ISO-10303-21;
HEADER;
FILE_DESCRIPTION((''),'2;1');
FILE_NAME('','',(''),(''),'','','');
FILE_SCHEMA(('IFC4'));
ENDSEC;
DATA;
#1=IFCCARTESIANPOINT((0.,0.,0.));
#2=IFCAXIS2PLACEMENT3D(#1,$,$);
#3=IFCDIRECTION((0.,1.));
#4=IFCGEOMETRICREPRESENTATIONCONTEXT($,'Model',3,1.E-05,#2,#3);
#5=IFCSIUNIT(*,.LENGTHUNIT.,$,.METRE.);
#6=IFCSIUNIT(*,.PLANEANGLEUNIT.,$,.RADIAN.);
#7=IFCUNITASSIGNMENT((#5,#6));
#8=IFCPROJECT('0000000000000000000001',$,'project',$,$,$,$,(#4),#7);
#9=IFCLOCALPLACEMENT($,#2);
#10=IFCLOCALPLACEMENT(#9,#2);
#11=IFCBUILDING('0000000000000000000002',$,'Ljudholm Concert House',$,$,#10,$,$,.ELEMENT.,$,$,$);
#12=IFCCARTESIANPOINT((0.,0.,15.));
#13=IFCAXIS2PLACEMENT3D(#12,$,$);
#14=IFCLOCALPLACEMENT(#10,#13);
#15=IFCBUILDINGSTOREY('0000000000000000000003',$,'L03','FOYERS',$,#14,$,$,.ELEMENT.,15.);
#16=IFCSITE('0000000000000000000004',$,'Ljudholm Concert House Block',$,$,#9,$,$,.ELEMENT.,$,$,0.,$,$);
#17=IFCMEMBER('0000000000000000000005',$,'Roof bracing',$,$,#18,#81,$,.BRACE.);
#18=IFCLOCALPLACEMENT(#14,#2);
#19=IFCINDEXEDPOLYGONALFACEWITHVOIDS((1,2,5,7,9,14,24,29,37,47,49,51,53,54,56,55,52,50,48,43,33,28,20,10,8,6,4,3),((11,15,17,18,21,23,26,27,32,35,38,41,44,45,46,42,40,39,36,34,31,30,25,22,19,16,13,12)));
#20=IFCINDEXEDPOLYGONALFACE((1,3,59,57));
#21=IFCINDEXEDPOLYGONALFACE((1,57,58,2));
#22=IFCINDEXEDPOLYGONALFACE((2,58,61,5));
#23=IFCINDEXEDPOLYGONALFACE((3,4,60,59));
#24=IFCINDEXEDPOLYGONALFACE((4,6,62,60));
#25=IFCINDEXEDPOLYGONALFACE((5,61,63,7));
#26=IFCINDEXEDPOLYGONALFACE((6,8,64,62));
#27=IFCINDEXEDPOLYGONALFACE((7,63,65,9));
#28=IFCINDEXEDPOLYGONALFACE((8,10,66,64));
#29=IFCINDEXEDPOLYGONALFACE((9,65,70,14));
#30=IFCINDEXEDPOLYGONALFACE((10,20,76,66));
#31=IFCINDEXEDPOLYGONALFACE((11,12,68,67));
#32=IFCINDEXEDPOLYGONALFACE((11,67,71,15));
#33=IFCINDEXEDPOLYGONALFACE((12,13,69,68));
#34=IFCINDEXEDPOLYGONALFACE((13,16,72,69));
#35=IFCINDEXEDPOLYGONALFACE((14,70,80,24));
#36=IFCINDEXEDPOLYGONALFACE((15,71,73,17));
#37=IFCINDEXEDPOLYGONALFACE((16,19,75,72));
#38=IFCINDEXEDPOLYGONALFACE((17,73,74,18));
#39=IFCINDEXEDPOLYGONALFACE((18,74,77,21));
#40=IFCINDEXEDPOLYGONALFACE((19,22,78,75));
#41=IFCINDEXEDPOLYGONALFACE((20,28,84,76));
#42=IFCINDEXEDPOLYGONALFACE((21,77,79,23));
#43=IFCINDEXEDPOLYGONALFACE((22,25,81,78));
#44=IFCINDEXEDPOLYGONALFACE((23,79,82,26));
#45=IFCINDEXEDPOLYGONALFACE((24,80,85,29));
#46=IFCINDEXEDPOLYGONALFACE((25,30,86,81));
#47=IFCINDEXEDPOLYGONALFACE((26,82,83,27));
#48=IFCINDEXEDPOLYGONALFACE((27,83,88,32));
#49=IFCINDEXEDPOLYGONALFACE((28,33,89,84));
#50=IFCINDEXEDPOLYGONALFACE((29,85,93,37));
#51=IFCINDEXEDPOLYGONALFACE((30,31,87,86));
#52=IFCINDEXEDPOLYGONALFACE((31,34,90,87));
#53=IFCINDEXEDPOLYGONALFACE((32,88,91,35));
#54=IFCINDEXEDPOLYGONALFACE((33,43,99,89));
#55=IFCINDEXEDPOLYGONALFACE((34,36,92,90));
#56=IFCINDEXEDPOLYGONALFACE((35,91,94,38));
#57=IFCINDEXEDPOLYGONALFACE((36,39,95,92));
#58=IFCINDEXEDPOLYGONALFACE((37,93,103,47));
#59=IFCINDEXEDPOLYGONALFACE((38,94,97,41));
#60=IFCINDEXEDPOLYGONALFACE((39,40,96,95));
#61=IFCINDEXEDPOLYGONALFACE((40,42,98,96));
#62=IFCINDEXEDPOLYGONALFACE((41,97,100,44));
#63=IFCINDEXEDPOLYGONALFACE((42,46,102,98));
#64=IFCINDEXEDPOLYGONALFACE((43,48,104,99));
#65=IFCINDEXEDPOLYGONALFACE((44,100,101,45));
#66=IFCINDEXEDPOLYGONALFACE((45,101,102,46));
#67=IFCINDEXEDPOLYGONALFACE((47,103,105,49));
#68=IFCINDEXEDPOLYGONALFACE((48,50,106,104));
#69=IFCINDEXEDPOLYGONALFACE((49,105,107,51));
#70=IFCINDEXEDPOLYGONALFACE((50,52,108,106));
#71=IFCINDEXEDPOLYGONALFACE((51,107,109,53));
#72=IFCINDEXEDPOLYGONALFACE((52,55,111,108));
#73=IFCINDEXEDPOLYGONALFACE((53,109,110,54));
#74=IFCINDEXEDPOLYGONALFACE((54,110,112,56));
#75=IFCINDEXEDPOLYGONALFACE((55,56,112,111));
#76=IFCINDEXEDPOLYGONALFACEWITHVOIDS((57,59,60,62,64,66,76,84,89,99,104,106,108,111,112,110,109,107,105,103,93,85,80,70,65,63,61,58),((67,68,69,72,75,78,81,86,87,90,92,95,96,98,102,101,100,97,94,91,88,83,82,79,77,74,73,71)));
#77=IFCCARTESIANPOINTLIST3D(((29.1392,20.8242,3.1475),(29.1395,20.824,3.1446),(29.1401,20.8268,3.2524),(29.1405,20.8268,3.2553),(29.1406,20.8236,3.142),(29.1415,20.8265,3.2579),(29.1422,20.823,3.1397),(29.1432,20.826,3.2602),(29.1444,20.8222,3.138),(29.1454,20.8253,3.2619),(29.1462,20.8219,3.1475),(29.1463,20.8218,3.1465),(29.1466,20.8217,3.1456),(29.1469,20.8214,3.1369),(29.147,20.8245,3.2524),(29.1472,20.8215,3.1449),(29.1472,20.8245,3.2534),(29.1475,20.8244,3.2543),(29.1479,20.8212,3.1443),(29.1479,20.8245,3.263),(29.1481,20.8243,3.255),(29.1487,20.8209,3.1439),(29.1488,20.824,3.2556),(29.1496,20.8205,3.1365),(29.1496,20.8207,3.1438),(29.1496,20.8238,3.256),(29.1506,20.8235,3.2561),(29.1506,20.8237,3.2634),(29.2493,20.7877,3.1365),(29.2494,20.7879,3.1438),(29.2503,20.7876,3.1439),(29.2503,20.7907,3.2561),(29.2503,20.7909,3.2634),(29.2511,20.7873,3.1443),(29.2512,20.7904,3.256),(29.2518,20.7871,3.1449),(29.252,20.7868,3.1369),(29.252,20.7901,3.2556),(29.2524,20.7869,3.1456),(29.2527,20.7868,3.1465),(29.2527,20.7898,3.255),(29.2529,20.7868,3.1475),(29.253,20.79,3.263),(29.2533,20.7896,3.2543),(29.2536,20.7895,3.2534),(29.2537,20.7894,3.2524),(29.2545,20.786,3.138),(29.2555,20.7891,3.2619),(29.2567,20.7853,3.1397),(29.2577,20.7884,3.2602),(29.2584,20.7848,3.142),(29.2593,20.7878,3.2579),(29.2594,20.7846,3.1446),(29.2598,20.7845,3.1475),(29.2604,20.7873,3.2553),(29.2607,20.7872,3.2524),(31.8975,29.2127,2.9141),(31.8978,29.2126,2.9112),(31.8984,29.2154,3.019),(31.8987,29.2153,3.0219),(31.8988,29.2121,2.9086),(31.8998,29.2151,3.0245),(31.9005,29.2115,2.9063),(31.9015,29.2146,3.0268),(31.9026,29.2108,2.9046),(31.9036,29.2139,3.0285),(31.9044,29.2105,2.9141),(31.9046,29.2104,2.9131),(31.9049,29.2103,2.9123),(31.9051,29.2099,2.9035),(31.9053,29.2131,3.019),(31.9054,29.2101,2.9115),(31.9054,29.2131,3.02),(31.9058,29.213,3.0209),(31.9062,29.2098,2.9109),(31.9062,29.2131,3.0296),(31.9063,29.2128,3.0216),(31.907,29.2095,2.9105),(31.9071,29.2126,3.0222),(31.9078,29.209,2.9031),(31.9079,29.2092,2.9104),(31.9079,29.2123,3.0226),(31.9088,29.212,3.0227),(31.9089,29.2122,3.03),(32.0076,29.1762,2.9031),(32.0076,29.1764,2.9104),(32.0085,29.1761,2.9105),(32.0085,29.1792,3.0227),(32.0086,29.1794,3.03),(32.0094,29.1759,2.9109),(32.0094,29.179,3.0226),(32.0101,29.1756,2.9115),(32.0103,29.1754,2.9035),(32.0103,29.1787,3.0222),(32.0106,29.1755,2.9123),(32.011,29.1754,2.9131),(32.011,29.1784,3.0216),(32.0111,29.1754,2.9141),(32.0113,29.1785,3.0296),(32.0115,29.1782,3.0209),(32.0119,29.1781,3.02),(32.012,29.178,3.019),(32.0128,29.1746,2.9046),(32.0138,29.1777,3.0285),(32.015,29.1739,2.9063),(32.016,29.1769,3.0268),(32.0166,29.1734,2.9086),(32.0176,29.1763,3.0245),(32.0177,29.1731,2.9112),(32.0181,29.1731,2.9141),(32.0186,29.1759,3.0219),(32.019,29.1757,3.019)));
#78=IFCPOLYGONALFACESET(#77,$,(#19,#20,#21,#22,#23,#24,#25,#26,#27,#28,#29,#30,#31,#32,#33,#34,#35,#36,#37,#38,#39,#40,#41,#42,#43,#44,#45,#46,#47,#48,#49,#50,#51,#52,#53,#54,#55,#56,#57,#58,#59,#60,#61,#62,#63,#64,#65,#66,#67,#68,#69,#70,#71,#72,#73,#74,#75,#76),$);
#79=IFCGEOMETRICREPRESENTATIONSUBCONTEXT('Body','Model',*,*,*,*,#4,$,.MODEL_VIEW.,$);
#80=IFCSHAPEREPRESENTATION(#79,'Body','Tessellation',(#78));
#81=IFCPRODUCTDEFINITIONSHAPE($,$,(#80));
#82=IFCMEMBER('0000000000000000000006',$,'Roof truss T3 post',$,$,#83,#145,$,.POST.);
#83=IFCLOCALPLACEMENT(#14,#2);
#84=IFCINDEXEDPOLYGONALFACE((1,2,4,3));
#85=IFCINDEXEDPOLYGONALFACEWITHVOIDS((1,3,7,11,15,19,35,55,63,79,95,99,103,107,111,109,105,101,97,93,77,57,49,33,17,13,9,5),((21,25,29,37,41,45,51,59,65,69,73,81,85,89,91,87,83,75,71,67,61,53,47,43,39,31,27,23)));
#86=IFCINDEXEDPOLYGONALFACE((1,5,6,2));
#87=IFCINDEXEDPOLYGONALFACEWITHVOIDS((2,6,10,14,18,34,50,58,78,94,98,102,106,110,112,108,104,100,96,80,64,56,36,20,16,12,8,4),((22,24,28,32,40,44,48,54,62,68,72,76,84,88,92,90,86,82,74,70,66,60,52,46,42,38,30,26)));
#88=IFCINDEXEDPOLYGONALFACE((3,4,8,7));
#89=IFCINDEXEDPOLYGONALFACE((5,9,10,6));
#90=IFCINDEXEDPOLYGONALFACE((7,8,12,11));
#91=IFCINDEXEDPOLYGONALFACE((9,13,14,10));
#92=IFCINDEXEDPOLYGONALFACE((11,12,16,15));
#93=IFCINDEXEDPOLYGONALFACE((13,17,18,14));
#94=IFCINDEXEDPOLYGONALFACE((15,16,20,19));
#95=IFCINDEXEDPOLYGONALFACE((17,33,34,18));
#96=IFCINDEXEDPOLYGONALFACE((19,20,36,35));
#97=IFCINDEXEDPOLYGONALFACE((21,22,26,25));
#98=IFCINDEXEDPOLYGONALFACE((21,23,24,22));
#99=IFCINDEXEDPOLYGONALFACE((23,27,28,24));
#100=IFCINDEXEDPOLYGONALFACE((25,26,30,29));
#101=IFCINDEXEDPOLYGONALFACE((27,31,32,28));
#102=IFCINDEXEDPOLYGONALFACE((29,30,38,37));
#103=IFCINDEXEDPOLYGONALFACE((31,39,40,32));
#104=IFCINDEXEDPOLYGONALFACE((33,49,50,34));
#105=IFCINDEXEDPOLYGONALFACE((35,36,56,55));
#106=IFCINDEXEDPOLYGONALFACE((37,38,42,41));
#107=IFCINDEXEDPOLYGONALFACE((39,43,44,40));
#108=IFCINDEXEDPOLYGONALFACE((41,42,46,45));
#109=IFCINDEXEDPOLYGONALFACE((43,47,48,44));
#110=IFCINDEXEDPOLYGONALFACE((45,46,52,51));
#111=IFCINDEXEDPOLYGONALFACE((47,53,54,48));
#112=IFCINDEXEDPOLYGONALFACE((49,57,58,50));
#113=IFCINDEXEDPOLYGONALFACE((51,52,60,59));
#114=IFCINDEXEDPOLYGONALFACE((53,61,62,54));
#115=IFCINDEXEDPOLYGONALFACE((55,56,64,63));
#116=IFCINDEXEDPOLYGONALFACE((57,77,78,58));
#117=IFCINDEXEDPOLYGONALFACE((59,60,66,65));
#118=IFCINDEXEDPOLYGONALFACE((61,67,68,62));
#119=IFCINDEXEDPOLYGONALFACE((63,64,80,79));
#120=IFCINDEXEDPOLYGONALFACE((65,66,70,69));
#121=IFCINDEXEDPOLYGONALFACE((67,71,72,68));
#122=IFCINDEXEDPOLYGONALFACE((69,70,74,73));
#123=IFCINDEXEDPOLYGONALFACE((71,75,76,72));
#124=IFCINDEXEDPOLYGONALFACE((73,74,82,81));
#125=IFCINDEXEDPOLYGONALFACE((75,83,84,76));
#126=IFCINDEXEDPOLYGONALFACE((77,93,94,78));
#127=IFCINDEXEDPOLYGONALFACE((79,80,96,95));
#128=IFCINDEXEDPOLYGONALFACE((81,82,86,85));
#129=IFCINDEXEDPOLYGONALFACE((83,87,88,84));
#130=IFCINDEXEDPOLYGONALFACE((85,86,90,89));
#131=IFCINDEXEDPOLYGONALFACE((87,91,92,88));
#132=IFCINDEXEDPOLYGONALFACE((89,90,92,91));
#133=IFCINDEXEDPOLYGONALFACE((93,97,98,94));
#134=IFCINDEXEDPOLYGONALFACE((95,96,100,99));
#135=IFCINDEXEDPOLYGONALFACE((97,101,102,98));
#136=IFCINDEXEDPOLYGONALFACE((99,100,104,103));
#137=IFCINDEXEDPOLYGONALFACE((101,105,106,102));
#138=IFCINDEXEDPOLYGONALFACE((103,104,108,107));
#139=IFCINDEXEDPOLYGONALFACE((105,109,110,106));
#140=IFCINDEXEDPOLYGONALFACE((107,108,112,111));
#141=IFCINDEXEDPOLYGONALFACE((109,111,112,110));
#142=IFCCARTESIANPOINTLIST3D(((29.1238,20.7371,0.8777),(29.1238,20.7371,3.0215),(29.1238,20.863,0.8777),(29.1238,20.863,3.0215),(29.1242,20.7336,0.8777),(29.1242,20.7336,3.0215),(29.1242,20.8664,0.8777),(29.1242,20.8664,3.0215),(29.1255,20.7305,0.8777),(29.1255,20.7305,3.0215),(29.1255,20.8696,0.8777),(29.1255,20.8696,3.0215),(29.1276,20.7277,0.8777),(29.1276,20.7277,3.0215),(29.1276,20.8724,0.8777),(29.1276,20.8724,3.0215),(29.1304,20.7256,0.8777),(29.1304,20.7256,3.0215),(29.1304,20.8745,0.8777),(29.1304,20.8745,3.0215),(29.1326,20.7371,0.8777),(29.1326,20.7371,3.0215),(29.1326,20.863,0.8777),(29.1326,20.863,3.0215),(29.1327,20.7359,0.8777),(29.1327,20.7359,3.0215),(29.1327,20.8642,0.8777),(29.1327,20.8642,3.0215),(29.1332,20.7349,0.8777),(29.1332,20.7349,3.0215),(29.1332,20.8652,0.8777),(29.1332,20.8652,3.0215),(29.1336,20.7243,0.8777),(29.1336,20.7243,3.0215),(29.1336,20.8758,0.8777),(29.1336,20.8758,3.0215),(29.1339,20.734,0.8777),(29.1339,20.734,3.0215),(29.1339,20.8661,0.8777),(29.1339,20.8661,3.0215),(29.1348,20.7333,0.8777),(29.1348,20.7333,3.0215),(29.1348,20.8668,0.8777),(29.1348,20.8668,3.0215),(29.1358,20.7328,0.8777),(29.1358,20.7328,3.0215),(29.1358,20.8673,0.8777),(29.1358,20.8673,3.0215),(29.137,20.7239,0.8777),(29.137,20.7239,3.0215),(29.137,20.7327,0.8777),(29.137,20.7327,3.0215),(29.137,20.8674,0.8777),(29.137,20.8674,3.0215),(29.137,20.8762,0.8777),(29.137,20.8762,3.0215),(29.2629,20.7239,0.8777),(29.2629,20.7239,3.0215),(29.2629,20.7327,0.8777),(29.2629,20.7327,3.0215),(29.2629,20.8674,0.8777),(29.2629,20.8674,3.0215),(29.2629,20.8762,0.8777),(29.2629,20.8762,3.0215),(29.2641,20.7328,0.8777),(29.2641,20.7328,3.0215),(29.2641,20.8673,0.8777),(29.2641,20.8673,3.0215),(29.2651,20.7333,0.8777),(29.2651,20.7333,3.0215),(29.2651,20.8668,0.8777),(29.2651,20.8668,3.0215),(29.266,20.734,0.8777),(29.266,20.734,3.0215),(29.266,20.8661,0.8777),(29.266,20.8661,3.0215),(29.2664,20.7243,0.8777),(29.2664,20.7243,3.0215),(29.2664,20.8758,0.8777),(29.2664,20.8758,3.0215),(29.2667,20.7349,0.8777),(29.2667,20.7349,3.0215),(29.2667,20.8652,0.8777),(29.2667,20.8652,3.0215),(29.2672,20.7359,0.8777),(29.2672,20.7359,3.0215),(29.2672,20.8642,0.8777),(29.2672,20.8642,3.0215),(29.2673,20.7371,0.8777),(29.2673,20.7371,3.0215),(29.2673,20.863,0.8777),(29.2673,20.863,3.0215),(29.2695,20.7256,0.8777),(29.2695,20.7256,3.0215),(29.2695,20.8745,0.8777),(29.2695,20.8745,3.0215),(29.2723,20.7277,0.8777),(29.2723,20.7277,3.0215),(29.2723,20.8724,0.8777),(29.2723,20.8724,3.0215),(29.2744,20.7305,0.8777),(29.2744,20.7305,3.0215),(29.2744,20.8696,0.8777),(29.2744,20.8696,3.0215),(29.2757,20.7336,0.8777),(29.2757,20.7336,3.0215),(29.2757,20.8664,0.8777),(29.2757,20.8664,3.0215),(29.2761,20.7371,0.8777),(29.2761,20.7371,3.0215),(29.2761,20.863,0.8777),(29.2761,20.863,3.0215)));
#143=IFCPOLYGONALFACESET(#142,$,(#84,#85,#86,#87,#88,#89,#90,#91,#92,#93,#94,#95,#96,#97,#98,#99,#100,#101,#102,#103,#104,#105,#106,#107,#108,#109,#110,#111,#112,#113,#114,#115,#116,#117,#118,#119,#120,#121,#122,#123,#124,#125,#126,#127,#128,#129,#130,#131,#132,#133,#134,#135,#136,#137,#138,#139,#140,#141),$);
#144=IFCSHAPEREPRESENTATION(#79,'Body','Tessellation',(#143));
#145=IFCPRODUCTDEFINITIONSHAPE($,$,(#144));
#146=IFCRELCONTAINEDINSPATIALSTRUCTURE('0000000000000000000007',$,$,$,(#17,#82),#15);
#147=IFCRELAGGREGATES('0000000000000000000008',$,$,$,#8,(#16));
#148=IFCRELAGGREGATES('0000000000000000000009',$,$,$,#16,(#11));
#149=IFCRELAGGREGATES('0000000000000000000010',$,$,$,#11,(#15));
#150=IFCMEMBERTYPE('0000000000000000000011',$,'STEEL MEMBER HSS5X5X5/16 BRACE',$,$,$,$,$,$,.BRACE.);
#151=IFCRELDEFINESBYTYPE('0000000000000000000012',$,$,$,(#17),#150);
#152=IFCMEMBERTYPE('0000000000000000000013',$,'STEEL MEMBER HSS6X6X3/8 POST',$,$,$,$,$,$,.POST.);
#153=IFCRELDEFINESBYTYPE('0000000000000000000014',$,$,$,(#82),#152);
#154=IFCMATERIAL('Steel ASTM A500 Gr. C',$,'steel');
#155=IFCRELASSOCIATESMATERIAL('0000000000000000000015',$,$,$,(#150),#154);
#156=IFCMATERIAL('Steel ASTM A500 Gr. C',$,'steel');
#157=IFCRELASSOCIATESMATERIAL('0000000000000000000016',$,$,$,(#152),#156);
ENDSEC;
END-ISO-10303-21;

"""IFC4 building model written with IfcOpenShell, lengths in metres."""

from ifc_helpers import new_model, si_unit, direction, frame, origin, origin_2d, place, context, subcontext, project, spatial, hollow_rectangle, extrude, material, material_profile, profile_set, type_object, element, save


model = new_model("IFC4")

# Units and contexts
model_context = context("Model", 3, precision=1e-05, world=origin(), true_north=direction((0.0, 1.0)))
body_context = subcontext(model_context, "Body", "Model", "MODEL_VIEW")
ifc_project = project(units=[si_unit("LENGTHUNIT", "METRE"), si_unit("PLANEANGLEUNIT", "RADIAN")], contexts=[model_context])

# Site, building, storey
site_placement = place(None, origin())
site = spatial("IfcSite", under=ifc_project, at=site_placement, Name="Ljudholm Concert House Block", CompositionType="ELEMENT", RefElevation=0.0)
building_placement = place(site_placement, origin())
building = spatial("IfcBuilding", under=site, at=building_placement, Name="Ljudholm Concert House", CompositionType="ELEMENT")
storey_placement = place(building_placement, frame((0.0, 0.0, 15.0)))
storey = spatial("IfcBuildingStorey", under=building, at=storey_placement, Name="L03", Description="FOYERS", CompositionType="ELEMENT", Elevation=15.0)

# Members
ifc_material_1 = material(Name="Steel ASTM A500 Gr. C", Category="steel")
ifc_material_profile_1 = material_profile(ifc_material_1, hollow_rectangle(XDim=0.127, YDim=0.127, WallThickness=0.0073, InnerFilletRadius=0.0037, OuterFilletRadius=0.011, at=origin_2d()), Name="HSS5X5X5/16")
ifc_profile_set_1 = profile_set([ifc_material_profile_1], Name="Steel ASTM A500 Gr. C")
member_type_1 = type_object("IfcMemberType", Name="STEEL MEMBER HSS5X5X5/16 BRACE", PredefinedType="BRACE", material=ifc_profile_set_1)
member_1_placement = place(storey_placement, frame((29.2, 20.8057, 3.2), z_axis=(0.312251, 0.949632, -0.026422), x_axis=(-0.949964, 0.31236, 0.0)))
element("IfcMember", 1, at=member_1_placement, inside=storey, type_object=member_type_1, Name="Roof bracing", PredefinedType="BRACE", context=body_context, shape_type="SweptSolid", body=[
    extrude(hollow_rectangle(XDim=0.127, YDim=0.127, WallThickness=0.0073, InnerFilletRadius=0.0037, OuterFilletRadius=0.011, at=origin_2d()), origin(), (0.0, 0.0, 1.0), 8.8335),
])
ifc_material_2 = material(Name="Steel ASTM A500 Gr. C", Category="steel")
ifc_material_profile_2 = material_profile(ifc_material_2, hollow_rectangle(XDim=0.1523, YDim=0.1523, WallThickness=0.0088, InnerFilletRadius=0.0044, OuterFilletRadius=0.0132, at=origin_2d()), Name="HSS6X6X3/8")
ifc_profile_set_2 = profile_set([ifc_material_profile_2], Name="Steel ASTM A500 Gr. C")
member_type_2 = type_object("IfcMemberType", Name="STEEL MEMBER HSS6X6X3/8 POST", PredefinedType="POST", material=ifc_profile_set_2)
member_2_placement = place(storey_placement, frame((29.2, 20.8, 0.8777), z_axis=(0.0, 0.0, 1.0), x_axis=(1.0, 0.0, 0.0)))
element("IfcMember", 2, at=member_2_placement, inside=storey, type_object=member_type_2, Name="Roof truss T3 post", PredefinedType="POST", context=body_context, shape_type="SweptSolid", body=[
    extrude(hollow_rectangle(XDim=0.1523, YDim=0.1523, WallThickness=0.0088, InnerFilletRadius=0.0044, OuterFilletRadius=0.0132, at=origin_2d()), origin(), (0.0, 0.0, 1.0), 2.1438),
])

save(model, "model.ifc")
